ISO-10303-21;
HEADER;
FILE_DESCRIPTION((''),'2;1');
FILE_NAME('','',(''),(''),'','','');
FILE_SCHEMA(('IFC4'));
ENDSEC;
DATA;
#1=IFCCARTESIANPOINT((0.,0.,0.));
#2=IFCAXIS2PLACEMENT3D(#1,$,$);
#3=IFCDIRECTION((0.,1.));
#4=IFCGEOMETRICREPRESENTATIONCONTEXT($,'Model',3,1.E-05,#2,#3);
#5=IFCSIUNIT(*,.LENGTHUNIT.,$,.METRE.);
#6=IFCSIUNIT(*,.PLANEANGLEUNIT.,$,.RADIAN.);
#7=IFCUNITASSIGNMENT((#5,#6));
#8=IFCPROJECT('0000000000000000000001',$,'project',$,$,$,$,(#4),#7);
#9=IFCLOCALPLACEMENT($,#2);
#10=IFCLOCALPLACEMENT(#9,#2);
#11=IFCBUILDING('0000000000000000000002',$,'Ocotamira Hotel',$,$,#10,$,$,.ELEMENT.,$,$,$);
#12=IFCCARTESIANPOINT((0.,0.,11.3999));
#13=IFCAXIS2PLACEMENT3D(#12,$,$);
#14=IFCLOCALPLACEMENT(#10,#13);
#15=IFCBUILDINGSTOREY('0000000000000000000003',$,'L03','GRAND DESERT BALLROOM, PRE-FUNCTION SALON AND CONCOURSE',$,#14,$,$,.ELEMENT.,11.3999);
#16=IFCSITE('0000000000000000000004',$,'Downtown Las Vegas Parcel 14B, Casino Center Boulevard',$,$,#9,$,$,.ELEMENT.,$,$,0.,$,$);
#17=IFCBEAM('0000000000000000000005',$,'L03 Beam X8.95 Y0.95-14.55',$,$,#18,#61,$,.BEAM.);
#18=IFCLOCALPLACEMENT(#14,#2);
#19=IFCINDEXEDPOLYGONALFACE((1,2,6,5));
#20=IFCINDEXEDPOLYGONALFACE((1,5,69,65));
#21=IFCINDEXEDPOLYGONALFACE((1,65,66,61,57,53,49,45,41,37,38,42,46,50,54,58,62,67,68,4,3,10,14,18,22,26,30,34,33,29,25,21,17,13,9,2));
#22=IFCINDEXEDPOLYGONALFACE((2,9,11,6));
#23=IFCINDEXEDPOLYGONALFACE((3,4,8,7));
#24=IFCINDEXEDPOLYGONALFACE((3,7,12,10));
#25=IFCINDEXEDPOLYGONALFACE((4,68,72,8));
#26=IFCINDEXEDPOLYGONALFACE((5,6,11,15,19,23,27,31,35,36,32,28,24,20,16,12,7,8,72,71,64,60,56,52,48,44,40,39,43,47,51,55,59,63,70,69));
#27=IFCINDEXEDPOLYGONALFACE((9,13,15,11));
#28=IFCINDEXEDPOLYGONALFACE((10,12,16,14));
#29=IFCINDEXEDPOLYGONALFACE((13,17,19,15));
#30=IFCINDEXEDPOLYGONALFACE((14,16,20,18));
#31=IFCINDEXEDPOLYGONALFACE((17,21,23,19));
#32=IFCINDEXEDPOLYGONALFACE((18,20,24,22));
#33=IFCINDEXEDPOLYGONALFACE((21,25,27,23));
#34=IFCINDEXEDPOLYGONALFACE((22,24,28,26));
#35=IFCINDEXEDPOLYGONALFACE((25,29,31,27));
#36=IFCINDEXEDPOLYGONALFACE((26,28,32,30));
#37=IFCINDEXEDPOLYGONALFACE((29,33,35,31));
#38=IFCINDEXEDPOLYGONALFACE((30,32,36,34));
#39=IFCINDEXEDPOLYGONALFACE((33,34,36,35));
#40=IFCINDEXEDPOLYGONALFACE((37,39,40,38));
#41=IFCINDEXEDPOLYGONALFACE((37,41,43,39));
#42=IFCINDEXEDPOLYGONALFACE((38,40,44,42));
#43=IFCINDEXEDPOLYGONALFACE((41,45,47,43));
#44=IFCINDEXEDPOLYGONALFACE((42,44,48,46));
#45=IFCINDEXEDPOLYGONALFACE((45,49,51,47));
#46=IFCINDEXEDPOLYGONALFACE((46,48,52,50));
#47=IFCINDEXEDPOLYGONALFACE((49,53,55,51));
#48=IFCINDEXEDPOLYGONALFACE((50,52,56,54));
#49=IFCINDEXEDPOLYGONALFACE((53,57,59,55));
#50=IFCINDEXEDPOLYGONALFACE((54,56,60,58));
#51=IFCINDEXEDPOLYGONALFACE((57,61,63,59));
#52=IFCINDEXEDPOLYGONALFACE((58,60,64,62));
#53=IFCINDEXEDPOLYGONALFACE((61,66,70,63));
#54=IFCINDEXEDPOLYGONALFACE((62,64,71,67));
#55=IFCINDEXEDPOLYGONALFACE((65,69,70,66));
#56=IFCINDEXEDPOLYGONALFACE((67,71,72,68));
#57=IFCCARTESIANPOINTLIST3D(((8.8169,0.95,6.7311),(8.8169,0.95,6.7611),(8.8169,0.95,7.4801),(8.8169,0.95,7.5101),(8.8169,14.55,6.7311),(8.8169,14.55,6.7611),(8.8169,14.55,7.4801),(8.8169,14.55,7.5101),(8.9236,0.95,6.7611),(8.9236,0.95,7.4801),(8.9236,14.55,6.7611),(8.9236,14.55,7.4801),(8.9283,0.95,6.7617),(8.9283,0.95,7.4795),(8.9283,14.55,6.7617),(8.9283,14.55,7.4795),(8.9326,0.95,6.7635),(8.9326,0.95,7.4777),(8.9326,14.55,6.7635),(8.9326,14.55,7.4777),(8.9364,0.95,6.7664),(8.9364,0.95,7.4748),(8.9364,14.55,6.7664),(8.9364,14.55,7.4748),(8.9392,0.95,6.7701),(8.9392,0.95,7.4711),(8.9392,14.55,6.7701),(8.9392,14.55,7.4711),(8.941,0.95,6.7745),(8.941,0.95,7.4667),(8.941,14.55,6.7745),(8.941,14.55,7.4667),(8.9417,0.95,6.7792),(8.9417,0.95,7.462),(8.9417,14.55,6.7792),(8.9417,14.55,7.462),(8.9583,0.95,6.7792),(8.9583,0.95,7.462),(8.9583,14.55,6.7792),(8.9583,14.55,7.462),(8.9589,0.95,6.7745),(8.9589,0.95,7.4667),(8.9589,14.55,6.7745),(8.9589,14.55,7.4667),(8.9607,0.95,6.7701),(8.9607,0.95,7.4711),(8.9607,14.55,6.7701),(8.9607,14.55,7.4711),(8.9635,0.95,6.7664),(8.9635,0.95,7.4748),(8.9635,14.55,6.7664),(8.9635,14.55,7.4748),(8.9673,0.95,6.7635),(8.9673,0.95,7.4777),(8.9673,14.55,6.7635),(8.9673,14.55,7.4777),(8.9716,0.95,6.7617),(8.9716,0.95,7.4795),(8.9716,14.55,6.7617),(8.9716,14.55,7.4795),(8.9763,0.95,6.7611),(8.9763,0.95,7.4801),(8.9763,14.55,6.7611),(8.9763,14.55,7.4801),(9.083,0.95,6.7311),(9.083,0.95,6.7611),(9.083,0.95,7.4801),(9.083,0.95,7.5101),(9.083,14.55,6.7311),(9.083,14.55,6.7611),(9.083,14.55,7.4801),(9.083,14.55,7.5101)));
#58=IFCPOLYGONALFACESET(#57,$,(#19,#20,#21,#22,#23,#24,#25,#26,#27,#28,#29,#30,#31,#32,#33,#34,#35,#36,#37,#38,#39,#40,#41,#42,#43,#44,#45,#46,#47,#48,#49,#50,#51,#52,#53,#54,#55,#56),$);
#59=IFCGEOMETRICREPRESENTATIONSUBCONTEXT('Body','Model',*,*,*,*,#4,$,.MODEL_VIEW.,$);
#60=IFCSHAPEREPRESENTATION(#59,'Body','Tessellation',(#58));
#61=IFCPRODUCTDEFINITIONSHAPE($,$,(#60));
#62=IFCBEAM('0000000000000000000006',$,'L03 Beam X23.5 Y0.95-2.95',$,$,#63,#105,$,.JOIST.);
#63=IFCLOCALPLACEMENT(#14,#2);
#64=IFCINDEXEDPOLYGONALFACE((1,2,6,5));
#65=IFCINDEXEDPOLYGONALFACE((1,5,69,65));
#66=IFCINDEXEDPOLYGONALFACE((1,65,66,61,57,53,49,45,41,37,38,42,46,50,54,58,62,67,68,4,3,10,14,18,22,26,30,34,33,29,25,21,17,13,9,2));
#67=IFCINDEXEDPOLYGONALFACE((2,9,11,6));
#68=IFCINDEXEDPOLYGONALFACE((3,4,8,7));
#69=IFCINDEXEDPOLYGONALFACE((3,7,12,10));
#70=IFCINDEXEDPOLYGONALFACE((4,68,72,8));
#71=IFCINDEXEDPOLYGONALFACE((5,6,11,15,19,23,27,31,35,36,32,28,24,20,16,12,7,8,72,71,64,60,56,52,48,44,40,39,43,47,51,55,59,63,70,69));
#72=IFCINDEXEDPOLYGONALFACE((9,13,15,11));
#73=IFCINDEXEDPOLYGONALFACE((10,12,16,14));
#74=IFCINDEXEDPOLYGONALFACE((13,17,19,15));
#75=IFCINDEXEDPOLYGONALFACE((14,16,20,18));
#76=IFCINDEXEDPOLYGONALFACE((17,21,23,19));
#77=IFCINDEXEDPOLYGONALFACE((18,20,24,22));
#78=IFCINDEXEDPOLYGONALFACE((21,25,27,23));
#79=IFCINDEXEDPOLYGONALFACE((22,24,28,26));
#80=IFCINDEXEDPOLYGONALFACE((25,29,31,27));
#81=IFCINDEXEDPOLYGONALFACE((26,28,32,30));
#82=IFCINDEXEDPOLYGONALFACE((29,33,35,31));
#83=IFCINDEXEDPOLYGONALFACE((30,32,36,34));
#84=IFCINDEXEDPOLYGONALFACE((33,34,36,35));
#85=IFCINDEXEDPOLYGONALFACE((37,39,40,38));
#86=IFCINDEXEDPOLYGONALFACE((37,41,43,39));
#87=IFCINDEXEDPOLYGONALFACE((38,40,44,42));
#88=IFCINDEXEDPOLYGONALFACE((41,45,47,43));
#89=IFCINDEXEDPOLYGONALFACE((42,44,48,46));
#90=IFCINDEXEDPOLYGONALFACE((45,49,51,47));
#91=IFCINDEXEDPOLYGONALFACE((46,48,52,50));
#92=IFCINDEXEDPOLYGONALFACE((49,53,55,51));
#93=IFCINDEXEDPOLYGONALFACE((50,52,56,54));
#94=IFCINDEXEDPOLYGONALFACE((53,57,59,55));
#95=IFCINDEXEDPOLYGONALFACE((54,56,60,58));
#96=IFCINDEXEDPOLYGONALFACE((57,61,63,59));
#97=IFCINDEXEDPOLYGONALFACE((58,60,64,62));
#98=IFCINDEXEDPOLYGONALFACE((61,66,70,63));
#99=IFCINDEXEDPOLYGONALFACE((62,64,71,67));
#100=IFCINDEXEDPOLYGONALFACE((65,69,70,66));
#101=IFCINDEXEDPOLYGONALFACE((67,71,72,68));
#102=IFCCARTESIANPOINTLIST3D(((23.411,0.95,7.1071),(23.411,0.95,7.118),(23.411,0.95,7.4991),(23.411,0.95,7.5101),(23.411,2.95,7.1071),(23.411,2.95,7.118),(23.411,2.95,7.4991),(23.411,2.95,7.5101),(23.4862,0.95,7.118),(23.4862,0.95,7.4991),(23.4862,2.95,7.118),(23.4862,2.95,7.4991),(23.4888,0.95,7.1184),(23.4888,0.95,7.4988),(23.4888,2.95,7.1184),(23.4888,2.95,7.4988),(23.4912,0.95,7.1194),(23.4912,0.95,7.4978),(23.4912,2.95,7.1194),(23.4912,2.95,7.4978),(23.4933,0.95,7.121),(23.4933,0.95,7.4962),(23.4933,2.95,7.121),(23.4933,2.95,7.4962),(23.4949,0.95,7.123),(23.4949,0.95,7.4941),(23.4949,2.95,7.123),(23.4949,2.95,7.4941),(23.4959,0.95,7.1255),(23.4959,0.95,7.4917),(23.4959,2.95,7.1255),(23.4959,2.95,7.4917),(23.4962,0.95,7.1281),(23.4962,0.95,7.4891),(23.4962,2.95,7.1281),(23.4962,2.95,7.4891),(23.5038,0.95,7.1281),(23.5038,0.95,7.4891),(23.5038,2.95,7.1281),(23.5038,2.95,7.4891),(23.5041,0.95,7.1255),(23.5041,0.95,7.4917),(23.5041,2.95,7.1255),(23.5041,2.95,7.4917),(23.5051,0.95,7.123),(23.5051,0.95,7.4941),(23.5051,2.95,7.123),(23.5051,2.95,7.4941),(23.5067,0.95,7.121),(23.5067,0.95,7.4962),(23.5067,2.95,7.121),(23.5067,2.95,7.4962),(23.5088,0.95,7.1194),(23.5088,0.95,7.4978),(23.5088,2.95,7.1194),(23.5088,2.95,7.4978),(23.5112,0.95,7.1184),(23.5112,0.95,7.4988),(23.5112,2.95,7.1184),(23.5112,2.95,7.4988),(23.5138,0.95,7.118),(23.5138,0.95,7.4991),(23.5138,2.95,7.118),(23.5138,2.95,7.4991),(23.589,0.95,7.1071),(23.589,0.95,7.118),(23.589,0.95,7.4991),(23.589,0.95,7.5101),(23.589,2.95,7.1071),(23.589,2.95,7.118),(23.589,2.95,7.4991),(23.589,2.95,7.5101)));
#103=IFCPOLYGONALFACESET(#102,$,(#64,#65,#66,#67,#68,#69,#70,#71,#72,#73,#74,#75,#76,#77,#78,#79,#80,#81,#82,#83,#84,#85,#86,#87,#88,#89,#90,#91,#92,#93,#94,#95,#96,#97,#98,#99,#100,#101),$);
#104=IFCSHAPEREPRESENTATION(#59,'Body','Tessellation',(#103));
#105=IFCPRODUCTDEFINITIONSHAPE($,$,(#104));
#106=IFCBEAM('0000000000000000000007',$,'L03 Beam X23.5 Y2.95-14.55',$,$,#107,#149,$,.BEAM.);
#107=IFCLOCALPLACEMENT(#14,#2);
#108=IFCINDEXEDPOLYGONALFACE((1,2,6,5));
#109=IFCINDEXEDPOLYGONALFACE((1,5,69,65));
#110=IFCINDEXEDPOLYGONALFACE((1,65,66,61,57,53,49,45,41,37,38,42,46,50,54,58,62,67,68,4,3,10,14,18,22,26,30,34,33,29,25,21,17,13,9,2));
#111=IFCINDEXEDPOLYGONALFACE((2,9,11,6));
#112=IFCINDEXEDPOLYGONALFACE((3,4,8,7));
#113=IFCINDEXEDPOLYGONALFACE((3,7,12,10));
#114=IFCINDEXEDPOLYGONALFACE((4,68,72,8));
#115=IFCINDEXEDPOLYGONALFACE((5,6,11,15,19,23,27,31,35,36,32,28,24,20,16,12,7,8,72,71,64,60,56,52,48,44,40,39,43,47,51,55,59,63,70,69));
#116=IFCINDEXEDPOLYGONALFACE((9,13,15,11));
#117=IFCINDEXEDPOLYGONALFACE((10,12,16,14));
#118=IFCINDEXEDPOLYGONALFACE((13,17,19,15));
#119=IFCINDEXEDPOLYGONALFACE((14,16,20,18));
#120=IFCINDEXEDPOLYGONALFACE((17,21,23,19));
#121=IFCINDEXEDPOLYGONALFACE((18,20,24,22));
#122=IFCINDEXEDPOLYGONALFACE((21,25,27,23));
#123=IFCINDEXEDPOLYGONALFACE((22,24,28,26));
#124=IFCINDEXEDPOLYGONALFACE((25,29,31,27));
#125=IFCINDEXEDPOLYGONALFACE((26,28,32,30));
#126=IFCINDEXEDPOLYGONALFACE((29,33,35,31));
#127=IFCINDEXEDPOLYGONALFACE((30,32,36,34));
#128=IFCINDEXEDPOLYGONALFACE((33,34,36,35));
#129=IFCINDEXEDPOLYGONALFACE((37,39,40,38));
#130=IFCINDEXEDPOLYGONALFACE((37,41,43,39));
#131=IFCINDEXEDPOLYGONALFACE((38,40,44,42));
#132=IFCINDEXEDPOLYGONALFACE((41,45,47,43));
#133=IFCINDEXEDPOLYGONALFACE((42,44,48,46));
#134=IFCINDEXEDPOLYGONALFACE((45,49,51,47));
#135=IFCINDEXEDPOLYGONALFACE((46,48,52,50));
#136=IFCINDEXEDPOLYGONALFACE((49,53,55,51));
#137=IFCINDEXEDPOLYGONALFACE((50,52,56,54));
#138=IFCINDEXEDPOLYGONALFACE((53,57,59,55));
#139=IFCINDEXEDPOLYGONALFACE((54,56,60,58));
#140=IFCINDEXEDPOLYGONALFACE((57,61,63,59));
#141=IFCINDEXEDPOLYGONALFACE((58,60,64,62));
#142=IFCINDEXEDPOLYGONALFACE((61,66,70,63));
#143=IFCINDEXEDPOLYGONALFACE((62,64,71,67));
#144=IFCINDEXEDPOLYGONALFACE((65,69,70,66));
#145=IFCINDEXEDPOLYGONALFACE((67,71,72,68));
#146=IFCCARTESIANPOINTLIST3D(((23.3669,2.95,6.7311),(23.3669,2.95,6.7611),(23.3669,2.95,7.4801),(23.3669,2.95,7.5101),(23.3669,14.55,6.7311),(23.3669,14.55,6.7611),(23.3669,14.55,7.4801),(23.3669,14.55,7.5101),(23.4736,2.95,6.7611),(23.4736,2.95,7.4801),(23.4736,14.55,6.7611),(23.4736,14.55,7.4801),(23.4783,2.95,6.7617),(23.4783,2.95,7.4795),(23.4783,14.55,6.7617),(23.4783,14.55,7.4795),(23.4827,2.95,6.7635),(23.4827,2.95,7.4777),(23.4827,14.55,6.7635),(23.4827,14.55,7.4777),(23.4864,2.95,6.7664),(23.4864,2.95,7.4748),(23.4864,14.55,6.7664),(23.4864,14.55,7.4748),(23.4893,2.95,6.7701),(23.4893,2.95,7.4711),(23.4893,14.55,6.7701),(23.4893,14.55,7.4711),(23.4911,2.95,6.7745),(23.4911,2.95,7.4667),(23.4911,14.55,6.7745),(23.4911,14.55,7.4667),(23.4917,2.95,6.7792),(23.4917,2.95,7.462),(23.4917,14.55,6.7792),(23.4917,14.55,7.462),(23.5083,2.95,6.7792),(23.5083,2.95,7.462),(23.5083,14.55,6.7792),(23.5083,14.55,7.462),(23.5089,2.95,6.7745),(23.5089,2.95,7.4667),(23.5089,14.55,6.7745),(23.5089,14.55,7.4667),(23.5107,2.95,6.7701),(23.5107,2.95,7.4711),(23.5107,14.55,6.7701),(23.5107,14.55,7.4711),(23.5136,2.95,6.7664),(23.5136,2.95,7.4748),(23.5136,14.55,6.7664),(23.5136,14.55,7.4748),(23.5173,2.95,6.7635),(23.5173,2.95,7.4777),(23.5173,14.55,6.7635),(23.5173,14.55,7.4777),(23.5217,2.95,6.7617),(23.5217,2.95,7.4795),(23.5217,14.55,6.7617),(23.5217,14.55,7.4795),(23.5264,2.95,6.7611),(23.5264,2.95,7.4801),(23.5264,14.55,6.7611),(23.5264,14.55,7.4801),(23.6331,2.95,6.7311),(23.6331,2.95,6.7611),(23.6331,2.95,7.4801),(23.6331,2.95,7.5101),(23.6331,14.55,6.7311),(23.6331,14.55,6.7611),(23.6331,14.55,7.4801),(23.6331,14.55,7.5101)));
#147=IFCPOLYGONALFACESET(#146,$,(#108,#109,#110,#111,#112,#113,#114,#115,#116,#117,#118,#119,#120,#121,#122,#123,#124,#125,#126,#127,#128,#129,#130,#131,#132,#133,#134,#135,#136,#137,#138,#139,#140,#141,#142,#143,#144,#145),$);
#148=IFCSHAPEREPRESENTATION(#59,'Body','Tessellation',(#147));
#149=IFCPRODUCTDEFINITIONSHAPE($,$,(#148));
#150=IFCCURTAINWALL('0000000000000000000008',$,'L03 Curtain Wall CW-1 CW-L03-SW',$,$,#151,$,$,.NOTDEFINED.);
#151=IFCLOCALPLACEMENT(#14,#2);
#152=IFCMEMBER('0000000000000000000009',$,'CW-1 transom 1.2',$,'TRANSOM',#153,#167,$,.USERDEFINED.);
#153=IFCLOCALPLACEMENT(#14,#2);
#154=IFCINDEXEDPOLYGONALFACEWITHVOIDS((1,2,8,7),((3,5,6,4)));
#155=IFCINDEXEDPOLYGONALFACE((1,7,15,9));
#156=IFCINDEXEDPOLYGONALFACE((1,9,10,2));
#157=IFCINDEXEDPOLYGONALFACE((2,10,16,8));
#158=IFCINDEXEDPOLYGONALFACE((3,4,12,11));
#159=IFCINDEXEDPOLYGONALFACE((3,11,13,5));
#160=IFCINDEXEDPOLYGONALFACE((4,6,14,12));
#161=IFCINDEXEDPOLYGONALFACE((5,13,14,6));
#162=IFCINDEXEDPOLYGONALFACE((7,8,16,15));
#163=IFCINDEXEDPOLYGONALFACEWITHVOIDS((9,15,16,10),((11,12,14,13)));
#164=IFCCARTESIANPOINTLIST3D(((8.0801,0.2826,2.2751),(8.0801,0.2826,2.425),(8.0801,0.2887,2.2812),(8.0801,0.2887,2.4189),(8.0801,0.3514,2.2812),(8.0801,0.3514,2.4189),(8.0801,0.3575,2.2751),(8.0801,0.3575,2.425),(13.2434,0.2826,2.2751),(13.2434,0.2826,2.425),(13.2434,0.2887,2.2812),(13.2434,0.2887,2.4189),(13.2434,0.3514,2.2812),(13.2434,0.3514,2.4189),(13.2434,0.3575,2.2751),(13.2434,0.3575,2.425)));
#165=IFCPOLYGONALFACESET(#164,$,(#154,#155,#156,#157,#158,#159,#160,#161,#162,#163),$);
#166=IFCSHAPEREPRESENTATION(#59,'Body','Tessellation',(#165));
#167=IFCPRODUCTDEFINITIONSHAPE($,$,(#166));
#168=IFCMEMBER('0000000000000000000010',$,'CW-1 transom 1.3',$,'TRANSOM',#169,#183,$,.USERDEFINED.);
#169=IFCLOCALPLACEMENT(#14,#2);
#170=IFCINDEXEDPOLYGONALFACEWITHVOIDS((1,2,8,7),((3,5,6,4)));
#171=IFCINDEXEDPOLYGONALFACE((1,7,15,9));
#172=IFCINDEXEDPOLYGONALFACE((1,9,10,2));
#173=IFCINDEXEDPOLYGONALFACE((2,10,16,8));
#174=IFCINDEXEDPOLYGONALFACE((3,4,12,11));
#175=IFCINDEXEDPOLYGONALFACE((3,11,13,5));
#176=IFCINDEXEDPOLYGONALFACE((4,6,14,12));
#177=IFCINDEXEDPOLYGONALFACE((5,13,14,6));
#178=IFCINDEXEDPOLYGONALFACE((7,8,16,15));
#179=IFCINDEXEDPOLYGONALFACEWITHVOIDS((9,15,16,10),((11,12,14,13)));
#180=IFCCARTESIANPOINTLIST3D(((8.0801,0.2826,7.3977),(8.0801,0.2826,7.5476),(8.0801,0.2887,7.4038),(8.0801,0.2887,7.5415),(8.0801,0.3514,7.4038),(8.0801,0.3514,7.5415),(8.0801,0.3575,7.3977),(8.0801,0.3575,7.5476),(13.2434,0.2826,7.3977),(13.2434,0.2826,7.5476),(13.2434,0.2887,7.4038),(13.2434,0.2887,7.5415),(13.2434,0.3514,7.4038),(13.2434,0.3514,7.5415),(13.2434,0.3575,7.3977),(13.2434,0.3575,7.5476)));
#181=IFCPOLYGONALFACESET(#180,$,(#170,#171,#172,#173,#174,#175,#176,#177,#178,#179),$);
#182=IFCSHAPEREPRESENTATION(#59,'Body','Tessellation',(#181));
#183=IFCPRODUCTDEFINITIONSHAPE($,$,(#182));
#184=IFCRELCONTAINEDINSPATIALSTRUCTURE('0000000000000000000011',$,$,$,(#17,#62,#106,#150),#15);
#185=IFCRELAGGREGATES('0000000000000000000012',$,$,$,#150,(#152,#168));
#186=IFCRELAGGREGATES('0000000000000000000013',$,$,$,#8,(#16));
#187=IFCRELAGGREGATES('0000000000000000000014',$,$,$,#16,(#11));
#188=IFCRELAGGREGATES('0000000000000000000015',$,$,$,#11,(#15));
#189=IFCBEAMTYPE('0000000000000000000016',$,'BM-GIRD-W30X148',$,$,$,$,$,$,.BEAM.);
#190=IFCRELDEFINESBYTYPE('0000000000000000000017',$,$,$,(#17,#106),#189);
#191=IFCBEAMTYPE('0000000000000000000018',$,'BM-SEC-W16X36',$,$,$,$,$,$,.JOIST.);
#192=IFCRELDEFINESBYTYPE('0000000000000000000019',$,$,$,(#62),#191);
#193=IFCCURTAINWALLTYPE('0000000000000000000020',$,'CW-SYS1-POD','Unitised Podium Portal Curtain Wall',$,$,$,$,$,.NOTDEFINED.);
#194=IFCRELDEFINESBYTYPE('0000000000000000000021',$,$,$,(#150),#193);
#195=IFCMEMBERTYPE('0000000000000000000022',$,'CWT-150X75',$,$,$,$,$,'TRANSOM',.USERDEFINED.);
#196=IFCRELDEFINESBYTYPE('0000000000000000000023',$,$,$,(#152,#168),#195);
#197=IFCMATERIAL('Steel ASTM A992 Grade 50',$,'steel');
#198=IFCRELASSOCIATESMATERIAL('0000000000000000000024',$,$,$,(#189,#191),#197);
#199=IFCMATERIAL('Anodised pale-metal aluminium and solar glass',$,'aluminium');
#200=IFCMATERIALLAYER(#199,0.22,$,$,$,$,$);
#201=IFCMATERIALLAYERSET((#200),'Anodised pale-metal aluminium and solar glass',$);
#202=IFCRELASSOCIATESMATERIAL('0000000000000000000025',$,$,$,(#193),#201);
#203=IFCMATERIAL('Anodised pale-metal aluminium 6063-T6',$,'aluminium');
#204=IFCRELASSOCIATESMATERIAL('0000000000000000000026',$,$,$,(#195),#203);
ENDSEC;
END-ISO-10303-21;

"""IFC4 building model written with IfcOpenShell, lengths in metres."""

from ifc_helpers import new_model, si_unit, direction, frame, origin, origin_2d, place, context, subcontext, project, spatial, hollow_rectangle, i_section, extrude, source, transform, mapped, material, layer, layer_set, material_profile, profile_set, type_object, element, aggregate, save


model = new_model("IFC4")

# Units and contexts
model_context = context("Model", 3, precision=1e-05, world=origin(), true_north=direction((0.0, 1.0)))
body_context = subcontext(model_context, "Body", "Model", "MODEL_VIEW")
ifc_project = project(units=[si_unit("LENGTHUNIT", "METRE"), si_unit("PLANEANGLEUNIT", "RADIAN")], contexts=[model_context])

# Site, building, storey
site_placement = place(None, origin())
site = spatial("IfcSite", under=ifc_project, at=site_placement, Name="Downtown Las Vegas Parcel 14B, Casino Center Boulevard", CompositionType="ELEMENT", RefElevation=0.0)
building_placement = place(site_placement, origin())
building = spatial("IfcBuilding", under=site, at=building_placement, Name="Ocotamira Hotel", CompositionType="ELEMENT")
storey_placement = place(building_placement, frame((0.0, 0.0, 11.3999)))
storey = spatial("IfcBuildingStorey", under=building, at=storey_placement, Name="L03", Description="GRAND DESERT BALLROOM, PRE-FUNCTION SALON AND CONCOURSE", CompositionType="ELEMENT", Elevation=11.3999)

# Beams
ifc_material_1 = material(Name="Steel ASTM A992 Grade 50", Category="steel")
ifc_material_profile_1 = material_profile(ifc_material_1, i_section(OverallWidth=0.2661, OverallDepth=0.7791, WebThickness=0.0166, FlangeThickness=0.03, FilletRadius=0.0181, at=origin_2d()), Name="W30X148")
ifc_profile_set_1 = profile_set([ifc_material_profile_1], Name="Steel ASTM A992 Grade 50")
beam_type_1 = type_object("IfcBeamType", Name="BM-GIRD-W30X148", PredefinedType="BEAM", material=ifc_profile_set_1)
shared_shape_1 = source(origin(), body_context, "Body", "SweptSolid", [
    extrude(i_section(OverallWidth=0.2661, OverallDepth=0.7791, WebThickness=0.0166, FlangeThickness=0.03, FilletRadius=0.0181, at=origin_2d()), origin(), (0.0, 0.0, 1.0), 13.6001),
])
beam_1_placement = place(storey_placement, frame((8.95, 0.95, 7.1206), z_axis=(0.0, 1.0, 0.0), x_axis=(-1.0, 0.0, 0.0)))
element("IfcBeam", 1, at=beam_1_placement, inside=storey, type_object=beam_type_1, Name="L03 Beam X8.95 Y0.95-14.55", PredefinedType="BEAM", context=body_context, shape_type="MappedRepresentation", body=[
    mapped(shared_shape_1, transform((0.0, 0.0, 0.0), scale=1.0)),
])
ifc_material_profile_2 = material_profile(ifc_material_1, i_section(OverallWidth=0.178, OverallDepth=0.4031, WebThickness=0.0076, FlangeThickness=0.011, FilletRadius=0.01, at=origin_2d()), Name="W16X36")
ifc_profile_set_2 = profile_set([ifc_material_profile_2], Name="Steel ASTM A992 Grade 50")
beam_type_2 = type_object("IfcBeamType", Name="BM-SEC-W16X36", PredefinedType="JOIST", material=ifc_profile_set_2)
shared_shape_2 = source(origin(), body_context, "Body", "SweptSolid", [
    extrude(i_section(OverallWidth=0.178, OverallDepth=0.4031, WebThickness=0.0076, FlangeThickness=0.011, FilletRadius=0.01, at=origin_2d()), origin(), (0.0, 0.0, 1.0), 2.0),
])
beam_2_placement = place(storey_placement, frame((23.5, 0.95, 7.3086), z_axis=(0.0, 1.0, 0.0), x_axis=(-1.0, 0.0, 0.0)))
element("IfcBeam", 2, at=beam_2_placement, inside=storey, type_object=beam_type_2, Name="L03 Beam X23.5 Y0.95-2.95", PredefinedType="JOIST", context=body_context, shape_type="MappedRepresentation", body=[
    mapped(shared_shape_2, transform((0.0, 0.0, 0.0), scale=1.0)),
])
shared_shape_3 = source(origin(), body_context, "Body", "SweptSolid", [
    extrude(i_section(OverallWidth=0.2661, OverallDepth=0.7791, WebThickness=0.0166, FlangeThickness=0.03, FilletRadius=0.0181, at=origin_2d()), origin(), (0.0, 0.0, 1.0), 11.6001),
])
beam_3_placement = place(storey_placement, frame((23.5, 2.95, 7.1206), z_axis=(0.0, 1.0, 0.0), x_axis=(-1.0, 0.0, 0.0)))
element("IfcBeam", 3, at=beam_3_placement, inside=storey, type_object=beam_type_1, Name="L03 Beam X23.5 Y2.95-14.55", PredefinedType="BEAM", context=body_context, shape_type="MappedRepresentation", body=[
    mapped(shared_shape_3, transform((0.0, 0.0, 0.0), scale=1.0)),
])

# Curtain wall, members
ifc_material_2 = material(Name="Anodised pale-metal aluminium and solar glass", Category="aluminium")
ifc_layer_1 = layer(ifc_material_2, 0.22)
ifc_layer_set_1 = layer_set([ifc_layer_1], Name="Anodised pale-metal aluminium and solar glass")
curtain_wall_type = type_object("IfcCurtainWallType", Name="CW-SYS1-POD", Description="Unitised Podium Portal Curtain Wall", PredefinedType="NOTDEFINED", material=ifc_layer_set_1)
curtain_wall_placement = place(storey_placement, origin())
curtain_wall = element("IfcCurtainWall", 4, at=curtain_wall_placement, inside=storey, type_object=curtain_wall_type, Name="L03 Curtain Wall CW-1 CW-L03-SW", PredefinedType="NOTDEFINED")
ifc_material_3 = material(Name="Anodised pale-metal aluminium 6063-T6", Category="aluminium")
ifc_material_profile_3 = material_profile(ifc_material_3, hollow_rectangle(XDim=0.075, YDim=0.1499, WallThickness=0.0061, at=origin_2d()), Name="HSS150X75X6")
ifc_profile_set_3 = profile_set([ifc_material_profile_3], Name="Anodised pale-metal aluminium 6063-T6")
member_type_1 = type_object("IfcMemberType", Name="CWT-150X75", ElementType="TRANSOM", PredefinedType="USERDEFINED", material=ifc_profile_set_3)
shared_shape_4 = source(origin(), body_context, "Body", "SweptSolid", [
    extrude(hollow_rectangle(XDim=0.075, YDim=0.1499, WallThickness=0.0061, at=origin_2d()), origin(), (0.0, 0.0, 1.0), 5.1633),
])
member_1_placement = place(storey_placement, frame((8.0801, 0.3201, 2.3501), z_axis=(1.0, 0.0, 0.0), x_axis=(0.0, 1.0, 0.0)))
member_1 = element("IfcMember", 5, at=member_1_placement, type_object=member_type_1, Name="CW-1 transom 1.2", ObjectType="TRANSOM", PredefinedType="USERDEFINED", context=body_context, shape_type="MappedRepresentation", body=[
    mapped(shared_shape_4, transform((0.0, 0.0, 0.0), scale=1.0)),
])
member_2_placement = place(storey_placement, frame((8.0801, 0.3201, 7.4727), z_axis=(1.0, 0.0, 0.0), x_axis=(0.0, 1.0, 0.0)))
member_2 = element("IfcMember", 6, at=member_2_placement, type_object=member_type_1, Name="CW-1 transom 1.3", ObjectType="TRANSOM", PredefinedType="USERDEFINED", context=body_context, shape_type="MappedRepresentation", body=[
    mapped(shared_shape_4, transform((0.0, 0.0, 0.0), scale=1.0)),
])
aggregate(curtain_wall, [member_1, member_2])

save(model, "model.ifc")
